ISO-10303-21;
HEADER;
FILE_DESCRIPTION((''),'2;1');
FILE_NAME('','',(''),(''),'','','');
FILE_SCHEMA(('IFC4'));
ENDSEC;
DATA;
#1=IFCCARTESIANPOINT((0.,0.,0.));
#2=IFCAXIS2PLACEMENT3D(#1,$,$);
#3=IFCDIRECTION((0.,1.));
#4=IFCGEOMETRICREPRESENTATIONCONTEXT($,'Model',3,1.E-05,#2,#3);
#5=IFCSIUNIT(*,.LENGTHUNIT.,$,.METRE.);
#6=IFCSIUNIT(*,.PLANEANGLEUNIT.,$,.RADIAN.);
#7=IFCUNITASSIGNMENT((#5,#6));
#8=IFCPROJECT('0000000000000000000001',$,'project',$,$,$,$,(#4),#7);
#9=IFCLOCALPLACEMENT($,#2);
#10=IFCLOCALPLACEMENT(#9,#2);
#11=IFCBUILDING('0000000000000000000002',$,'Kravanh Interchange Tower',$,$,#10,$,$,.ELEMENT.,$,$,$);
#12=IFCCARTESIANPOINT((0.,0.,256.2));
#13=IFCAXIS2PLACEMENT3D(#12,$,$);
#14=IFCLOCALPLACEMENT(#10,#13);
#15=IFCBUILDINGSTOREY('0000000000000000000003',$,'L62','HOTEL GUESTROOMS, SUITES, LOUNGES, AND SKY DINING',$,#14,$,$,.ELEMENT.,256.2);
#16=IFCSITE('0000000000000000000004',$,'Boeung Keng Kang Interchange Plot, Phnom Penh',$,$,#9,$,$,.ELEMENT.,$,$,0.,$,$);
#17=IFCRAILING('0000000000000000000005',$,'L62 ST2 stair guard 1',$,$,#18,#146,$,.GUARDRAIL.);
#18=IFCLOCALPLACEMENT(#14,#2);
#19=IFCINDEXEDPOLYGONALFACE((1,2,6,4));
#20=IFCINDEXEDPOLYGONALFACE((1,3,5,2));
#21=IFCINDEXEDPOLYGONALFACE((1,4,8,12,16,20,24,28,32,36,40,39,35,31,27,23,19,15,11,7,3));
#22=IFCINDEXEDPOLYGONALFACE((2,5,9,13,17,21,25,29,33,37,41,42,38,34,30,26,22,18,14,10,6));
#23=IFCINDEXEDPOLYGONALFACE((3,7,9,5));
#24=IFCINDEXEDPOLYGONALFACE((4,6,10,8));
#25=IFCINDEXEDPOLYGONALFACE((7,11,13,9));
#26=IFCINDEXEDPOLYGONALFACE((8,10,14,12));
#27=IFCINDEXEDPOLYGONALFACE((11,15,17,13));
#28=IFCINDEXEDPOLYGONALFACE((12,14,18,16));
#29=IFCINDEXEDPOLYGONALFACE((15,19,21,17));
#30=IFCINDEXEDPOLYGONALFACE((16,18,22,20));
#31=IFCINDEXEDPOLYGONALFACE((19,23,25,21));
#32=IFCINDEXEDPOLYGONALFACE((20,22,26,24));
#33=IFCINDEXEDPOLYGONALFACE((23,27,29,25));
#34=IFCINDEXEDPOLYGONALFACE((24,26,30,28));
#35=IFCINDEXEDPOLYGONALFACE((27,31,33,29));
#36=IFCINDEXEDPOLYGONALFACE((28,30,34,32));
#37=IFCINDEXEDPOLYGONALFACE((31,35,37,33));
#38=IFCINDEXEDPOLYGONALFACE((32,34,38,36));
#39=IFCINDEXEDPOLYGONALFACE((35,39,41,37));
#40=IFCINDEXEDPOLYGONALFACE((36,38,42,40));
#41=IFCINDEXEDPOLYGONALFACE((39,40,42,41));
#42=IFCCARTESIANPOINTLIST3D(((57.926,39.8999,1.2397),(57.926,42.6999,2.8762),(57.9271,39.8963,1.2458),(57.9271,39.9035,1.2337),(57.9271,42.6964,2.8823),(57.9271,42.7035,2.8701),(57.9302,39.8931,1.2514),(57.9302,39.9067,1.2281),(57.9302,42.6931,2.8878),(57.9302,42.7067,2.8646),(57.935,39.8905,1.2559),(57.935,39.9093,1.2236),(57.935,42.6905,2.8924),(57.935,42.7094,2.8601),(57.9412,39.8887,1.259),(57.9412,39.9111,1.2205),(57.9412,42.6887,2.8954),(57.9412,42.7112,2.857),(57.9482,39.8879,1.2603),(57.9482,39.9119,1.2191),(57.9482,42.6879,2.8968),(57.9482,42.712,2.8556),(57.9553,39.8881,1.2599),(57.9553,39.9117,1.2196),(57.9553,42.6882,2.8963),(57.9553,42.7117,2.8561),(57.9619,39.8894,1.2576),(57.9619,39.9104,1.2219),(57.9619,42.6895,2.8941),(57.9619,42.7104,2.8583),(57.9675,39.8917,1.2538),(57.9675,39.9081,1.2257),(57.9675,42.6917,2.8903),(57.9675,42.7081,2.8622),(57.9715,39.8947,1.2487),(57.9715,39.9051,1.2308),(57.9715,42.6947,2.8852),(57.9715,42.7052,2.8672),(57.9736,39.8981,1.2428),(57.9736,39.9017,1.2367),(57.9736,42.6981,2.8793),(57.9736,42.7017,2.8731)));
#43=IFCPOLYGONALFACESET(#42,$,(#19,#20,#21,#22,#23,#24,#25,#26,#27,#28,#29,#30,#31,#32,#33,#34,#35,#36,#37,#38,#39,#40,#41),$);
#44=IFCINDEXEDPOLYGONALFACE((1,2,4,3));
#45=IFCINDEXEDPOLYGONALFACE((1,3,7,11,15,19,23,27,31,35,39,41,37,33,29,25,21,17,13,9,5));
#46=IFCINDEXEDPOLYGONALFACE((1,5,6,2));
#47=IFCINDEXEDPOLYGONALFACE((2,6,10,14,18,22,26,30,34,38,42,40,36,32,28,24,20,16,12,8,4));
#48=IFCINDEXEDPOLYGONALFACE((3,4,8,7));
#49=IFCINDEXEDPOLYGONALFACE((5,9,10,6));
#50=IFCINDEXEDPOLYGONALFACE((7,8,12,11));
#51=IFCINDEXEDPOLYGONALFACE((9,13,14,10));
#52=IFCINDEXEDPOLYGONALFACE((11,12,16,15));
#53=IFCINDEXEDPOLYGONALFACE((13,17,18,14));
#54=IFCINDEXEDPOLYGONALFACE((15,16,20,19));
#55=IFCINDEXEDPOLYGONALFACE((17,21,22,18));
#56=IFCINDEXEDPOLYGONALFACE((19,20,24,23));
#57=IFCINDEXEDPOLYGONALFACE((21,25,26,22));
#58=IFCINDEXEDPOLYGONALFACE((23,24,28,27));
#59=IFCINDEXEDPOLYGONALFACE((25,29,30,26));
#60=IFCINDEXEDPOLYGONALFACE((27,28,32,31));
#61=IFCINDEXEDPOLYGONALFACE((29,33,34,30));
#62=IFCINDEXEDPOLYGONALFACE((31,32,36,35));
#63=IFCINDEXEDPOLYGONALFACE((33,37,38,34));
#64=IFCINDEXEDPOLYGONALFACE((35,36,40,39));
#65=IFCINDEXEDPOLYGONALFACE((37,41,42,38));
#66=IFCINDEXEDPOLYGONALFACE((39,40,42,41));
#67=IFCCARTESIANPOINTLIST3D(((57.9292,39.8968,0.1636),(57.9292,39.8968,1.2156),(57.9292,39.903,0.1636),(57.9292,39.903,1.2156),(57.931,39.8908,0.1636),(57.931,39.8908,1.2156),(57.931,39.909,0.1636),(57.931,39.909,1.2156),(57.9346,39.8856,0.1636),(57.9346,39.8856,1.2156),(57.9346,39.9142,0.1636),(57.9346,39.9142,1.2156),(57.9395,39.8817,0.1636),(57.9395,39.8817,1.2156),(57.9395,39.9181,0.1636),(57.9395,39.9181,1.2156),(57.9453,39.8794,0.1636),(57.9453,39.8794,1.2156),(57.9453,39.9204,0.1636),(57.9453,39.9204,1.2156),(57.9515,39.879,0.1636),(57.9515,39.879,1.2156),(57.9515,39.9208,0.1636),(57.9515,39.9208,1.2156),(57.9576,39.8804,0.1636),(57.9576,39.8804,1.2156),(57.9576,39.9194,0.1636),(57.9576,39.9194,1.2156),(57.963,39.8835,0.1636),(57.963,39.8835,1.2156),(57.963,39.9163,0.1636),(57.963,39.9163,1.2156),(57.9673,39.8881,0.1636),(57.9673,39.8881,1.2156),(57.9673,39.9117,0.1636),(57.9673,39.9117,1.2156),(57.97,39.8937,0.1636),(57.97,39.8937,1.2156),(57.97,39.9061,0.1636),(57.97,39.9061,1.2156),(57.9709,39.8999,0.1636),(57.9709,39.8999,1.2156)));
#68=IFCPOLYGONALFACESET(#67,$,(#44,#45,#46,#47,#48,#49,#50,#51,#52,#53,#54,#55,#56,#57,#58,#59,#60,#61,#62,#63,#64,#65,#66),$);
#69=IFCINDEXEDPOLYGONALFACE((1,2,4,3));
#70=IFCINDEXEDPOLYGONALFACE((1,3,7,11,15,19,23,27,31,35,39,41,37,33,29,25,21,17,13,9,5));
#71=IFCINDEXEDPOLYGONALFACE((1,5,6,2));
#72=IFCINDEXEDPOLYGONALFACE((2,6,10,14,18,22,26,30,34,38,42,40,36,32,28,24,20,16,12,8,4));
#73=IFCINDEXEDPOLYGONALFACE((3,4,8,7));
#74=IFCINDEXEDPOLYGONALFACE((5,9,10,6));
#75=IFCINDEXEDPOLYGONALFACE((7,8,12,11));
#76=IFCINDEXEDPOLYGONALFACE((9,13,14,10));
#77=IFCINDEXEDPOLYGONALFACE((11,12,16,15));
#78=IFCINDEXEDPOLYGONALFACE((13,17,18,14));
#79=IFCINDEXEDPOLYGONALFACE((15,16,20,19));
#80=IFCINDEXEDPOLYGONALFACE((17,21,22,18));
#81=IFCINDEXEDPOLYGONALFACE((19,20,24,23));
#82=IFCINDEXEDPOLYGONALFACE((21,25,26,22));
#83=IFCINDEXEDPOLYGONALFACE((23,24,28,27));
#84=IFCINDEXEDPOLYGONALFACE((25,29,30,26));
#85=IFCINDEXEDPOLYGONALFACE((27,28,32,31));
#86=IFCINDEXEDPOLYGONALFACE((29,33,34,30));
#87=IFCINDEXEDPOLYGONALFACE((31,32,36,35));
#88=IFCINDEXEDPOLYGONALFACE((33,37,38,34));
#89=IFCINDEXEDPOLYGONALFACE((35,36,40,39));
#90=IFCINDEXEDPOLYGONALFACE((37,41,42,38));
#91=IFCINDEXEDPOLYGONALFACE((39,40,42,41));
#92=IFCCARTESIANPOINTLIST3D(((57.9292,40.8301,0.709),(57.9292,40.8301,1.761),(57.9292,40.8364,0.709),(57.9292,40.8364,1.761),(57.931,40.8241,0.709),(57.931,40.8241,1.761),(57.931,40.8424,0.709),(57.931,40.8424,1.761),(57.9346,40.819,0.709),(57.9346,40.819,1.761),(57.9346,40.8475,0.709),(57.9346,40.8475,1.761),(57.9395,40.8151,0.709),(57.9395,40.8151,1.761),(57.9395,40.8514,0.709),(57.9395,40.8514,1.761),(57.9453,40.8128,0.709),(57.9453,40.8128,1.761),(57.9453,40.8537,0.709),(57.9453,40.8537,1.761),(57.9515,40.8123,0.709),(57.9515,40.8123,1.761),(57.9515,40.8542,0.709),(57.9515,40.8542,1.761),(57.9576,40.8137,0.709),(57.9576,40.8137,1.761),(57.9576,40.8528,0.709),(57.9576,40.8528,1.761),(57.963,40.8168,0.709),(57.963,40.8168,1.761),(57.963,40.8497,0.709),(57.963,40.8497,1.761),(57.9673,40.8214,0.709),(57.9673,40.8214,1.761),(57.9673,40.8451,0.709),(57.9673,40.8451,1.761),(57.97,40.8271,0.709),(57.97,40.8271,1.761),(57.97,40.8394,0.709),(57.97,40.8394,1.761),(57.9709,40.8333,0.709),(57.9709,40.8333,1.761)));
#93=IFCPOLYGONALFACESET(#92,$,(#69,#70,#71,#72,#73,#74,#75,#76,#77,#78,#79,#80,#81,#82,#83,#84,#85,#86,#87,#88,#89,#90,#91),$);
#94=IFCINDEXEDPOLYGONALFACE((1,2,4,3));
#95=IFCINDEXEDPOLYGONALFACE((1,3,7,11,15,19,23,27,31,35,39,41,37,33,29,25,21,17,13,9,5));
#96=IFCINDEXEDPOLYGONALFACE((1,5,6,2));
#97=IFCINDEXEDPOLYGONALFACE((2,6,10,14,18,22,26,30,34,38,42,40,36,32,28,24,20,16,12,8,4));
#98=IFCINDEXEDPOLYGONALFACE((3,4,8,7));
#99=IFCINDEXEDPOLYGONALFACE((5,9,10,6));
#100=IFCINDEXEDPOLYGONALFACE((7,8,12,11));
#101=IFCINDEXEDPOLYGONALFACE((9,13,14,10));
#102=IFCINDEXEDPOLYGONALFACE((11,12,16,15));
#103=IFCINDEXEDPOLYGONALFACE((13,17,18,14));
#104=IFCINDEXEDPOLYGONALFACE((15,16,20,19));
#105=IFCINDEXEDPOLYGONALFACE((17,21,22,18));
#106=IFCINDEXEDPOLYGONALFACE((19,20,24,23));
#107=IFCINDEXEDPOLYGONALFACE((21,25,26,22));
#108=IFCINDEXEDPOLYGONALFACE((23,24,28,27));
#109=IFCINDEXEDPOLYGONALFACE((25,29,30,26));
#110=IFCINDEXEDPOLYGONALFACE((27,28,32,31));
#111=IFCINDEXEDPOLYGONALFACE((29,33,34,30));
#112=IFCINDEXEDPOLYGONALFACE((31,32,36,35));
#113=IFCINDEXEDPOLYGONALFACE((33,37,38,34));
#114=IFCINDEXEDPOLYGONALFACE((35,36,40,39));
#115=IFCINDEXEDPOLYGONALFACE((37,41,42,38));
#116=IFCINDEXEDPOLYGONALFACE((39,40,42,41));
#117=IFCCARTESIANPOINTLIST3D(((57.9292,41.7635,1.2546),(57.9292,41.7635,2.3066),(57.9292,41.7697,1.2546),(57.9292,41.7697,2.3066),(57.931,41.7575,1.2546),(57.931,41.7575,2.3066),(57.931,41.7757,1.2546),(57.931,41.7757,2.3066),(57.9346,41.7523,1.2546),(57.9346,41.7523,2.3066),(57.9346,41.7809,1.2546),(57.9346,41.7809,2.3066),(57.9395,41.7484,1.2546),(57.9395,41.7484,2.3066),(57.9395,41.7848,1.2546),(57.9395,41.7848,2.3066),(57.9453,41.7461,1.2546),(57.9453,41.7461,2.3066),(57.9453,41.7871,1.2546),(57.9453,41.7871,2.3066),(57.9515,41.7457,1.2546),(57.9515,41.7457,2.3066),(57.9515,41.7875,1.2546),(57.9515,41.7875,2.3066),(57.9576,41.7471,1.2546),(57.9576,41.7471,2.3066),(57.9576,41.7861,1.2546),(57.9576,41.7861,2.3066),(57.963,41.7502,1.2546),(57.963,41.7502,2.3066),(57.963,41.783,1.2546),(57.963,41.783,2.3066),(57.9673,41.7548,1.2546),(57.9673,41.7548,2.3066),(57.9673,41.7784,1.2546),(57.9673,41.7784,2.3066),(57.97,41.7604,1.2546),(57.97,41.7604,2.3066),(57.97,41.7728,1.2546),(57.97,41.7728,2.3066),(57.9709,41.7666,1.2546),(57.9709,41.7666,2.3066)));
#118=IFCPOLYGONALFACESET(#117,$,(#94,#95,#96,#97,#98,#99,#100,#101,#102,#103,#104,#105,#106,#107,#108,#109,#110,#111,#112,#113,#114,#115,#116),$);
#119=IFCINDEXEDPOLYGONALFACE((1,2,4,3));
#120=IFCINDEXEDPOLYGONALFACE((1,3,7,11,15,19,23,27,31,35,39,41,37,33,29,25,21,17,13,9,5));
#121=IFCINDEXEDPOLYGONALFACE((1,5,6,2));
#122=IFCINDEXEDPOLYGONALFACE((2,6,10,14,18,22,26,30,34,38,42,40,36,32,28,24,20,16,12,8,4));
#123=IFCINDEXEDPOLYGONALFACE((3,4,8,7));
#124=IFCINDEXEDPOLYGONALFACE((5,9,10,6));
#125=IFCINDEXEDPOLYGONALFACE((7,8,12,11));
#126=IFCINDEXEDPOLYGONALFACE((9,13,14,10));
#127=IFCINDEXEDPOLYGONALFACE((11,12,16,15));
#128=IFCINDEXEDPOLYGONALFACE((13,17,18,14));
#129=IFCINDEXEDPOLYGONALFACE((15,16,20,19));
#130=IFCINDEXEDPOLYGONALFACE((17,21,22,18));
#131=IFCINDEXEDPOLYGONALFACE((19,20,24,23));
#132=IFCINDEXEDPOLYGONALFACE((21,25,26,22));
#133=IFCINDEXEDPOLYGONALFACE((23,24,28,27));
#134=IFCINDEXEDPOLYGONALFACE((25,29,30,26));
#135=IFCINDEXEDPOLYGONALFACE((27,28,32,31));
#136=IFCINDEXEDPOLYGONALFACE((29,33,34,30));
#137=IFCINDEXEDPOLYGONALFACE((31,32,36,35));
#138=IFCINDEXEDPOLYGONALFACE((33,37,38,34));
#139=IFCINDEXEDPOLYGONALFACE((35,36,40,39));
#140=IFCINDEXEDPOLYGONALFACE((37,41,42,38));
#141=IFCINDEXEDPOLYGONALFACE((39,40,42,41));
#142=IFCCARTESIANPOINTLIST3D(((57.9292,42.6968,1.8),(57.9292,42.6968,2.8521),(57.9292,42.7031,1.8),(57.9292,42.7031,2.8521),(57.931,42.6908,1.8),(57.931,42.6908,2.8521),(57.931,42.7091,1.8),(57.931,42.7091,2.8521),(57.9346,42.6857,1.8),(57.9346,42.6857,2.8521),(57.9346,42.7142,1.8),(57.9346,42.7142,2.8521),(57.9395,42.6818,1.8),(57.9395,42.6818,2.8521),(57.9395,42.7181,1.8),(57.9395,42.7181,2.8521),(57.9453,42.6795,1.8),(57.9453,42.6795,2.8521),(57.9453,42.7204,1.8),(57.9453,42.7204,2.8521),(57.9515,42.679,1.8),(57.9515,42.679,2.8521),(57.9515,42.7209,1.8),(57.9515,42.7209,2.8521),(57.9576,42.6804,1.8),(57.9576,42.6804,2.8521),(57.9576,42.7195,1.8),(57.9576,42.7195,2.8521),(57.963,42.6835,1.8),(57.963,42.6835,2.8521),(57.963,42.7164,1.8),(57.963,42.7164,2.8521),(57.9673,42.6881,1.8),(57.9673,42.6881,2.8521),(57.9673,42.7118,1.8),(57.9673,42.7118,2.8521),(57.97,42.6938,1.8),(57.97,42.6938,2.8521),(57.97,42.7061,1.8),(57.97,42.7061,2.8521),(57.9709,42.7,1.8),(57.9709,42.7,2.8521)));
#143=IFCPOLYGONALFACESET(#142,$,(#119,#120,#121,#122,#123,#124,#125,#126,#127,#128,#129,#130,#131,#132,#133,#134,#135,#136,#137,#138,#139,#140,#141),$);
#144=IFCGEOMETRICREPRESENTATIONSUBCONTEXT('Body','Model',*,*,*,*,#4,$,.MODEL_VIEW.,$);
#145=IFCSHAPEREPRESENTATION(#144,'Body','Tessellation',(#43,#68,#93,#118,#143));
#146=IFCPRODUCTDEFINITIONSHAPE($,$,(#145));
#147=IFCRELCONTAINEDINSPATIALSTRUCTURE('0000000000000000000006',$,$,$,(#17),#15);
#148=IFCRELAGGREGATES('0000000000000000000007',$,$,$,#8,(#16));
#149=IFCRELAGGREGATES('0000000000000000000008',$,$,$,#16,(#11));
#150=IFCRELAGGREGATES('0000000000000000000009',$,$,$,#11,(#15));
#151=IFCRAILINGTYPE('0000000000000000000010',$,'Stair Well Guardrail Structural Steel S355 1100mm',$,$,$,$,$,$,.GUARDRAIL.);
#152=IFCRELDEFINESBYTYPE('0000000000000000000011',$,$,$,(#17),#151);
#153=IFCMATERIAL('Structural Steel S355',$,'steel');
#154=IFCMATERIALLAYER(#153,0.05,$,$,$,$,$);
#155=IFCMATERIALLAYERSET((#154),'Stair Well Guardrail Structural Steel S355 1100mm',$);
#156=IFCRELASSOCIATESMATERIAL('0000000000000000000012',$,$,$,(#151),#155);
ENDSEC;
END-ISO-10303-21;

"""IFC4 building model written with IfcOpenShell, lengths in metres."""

from ifc_helpers import new_model, si_unit, direction, frame, origin, origin_2d, place, context, subcontext, project, spatial, circle, extrude, material, layer, layer_set, type_object, element, save


model = new_model("IFC4")

# Units and contexts
model_context = context("Model", 3, precision=1e-05, world=origin(), true_north=direction((0.0, 1.0)))
body_context = subcontext(model_context, "Body", "Model", "MODEL_VIEW")
ifc_project = project(units=[si_unit("LENGTHUNIT", "METRE"), si_unit("PLANEANGLEUNIT", "RADIAN")], contexts=[model_context])

# Site, building, storey
site_placement = place(None, origin())
site = spatial("IfcSite", under=ifc_project, at=site_placement, Name="Boeung Keng Kang Interchange Plot, Phnom Penh", CompositionType="ELEMENT", RefElevation=0.0)
building_placement = place(site_placement, origin())
building = spatial("IfcBuilding", under=site, at=building_placement, Name="Kravanh Interchange Tower", CompositionType="ELEMENT")
storey_placement = place(building_placement, frame((0.0, 0.0, 256.2)))
storey = spatial("IfcBuildingStorey", under=building, at=storey_placement, Name="L62", Description="HOTEL GUESTROOMS, SUITES, LOUNGES, AND SKY DINING", CompositionType="ELEMENT", Elevation=256.2)

# Railing
ifc_material_1 = material(Name="Structural Steel S355", Category="steel")
ifc_layer_1 = layer(ifc_material_1, 0.05)
ifc_layer_set_1 = layer_set([ifc_layer_1], Name="Stair Well Guardrail Structural Steel S355 1100mm")
railing_type_1 = type_object("IfcRailingType", Name="Stair Well Guardrail Structural Steel S355 1100mm", PredefinedType="GUARDRAIL", material=ifc_layer_set_1)
railing_1_placement = place(storey_placement, frame((57.95, 39.8999, 0.1636)))
element("IfcRailing", 1, at=railing_1_placement, inside=storey, type_object=railing_type_1, Name="L62 ST2 stair guard 1", PredefinedType="GUARDRAIL", context=body_context, shape_type="SweptSolid", body=[
    extrude(circle(Radius=0.0239, at=origin_2d()), frame((0.0, 0.0, 1.0762), z_axis=(0.0, 0.863361, 0.504587), x_axis=(-1.0, 0.0, 0.0)), (0.0, 0.0, 1.0), 3.2432),
    extrude(circle(Radius=0.021, at=origin_2d()), origin(), (0.0, 0.0, 1.0), 1.052),
    extrude(circle(Radius=0.021, at=origin_2d()), frame((0.0, 0.9333, 0.5454)), (0.0, 0.0, 1.0), 1.052),
    extrude(circle(Radius=0.021, at=origin_2d()), frame((0.0, 1.8667, 1.0911)), (0.0, 0.0, 1.0), 1.052),
    extrude(circle(Radius=0.021, at=origin_2d()), frame((0.0, 2.8, 1.6365)), (0.0, 0.0, 1.0), 1.052),
])

save(model, "model.ifc")
